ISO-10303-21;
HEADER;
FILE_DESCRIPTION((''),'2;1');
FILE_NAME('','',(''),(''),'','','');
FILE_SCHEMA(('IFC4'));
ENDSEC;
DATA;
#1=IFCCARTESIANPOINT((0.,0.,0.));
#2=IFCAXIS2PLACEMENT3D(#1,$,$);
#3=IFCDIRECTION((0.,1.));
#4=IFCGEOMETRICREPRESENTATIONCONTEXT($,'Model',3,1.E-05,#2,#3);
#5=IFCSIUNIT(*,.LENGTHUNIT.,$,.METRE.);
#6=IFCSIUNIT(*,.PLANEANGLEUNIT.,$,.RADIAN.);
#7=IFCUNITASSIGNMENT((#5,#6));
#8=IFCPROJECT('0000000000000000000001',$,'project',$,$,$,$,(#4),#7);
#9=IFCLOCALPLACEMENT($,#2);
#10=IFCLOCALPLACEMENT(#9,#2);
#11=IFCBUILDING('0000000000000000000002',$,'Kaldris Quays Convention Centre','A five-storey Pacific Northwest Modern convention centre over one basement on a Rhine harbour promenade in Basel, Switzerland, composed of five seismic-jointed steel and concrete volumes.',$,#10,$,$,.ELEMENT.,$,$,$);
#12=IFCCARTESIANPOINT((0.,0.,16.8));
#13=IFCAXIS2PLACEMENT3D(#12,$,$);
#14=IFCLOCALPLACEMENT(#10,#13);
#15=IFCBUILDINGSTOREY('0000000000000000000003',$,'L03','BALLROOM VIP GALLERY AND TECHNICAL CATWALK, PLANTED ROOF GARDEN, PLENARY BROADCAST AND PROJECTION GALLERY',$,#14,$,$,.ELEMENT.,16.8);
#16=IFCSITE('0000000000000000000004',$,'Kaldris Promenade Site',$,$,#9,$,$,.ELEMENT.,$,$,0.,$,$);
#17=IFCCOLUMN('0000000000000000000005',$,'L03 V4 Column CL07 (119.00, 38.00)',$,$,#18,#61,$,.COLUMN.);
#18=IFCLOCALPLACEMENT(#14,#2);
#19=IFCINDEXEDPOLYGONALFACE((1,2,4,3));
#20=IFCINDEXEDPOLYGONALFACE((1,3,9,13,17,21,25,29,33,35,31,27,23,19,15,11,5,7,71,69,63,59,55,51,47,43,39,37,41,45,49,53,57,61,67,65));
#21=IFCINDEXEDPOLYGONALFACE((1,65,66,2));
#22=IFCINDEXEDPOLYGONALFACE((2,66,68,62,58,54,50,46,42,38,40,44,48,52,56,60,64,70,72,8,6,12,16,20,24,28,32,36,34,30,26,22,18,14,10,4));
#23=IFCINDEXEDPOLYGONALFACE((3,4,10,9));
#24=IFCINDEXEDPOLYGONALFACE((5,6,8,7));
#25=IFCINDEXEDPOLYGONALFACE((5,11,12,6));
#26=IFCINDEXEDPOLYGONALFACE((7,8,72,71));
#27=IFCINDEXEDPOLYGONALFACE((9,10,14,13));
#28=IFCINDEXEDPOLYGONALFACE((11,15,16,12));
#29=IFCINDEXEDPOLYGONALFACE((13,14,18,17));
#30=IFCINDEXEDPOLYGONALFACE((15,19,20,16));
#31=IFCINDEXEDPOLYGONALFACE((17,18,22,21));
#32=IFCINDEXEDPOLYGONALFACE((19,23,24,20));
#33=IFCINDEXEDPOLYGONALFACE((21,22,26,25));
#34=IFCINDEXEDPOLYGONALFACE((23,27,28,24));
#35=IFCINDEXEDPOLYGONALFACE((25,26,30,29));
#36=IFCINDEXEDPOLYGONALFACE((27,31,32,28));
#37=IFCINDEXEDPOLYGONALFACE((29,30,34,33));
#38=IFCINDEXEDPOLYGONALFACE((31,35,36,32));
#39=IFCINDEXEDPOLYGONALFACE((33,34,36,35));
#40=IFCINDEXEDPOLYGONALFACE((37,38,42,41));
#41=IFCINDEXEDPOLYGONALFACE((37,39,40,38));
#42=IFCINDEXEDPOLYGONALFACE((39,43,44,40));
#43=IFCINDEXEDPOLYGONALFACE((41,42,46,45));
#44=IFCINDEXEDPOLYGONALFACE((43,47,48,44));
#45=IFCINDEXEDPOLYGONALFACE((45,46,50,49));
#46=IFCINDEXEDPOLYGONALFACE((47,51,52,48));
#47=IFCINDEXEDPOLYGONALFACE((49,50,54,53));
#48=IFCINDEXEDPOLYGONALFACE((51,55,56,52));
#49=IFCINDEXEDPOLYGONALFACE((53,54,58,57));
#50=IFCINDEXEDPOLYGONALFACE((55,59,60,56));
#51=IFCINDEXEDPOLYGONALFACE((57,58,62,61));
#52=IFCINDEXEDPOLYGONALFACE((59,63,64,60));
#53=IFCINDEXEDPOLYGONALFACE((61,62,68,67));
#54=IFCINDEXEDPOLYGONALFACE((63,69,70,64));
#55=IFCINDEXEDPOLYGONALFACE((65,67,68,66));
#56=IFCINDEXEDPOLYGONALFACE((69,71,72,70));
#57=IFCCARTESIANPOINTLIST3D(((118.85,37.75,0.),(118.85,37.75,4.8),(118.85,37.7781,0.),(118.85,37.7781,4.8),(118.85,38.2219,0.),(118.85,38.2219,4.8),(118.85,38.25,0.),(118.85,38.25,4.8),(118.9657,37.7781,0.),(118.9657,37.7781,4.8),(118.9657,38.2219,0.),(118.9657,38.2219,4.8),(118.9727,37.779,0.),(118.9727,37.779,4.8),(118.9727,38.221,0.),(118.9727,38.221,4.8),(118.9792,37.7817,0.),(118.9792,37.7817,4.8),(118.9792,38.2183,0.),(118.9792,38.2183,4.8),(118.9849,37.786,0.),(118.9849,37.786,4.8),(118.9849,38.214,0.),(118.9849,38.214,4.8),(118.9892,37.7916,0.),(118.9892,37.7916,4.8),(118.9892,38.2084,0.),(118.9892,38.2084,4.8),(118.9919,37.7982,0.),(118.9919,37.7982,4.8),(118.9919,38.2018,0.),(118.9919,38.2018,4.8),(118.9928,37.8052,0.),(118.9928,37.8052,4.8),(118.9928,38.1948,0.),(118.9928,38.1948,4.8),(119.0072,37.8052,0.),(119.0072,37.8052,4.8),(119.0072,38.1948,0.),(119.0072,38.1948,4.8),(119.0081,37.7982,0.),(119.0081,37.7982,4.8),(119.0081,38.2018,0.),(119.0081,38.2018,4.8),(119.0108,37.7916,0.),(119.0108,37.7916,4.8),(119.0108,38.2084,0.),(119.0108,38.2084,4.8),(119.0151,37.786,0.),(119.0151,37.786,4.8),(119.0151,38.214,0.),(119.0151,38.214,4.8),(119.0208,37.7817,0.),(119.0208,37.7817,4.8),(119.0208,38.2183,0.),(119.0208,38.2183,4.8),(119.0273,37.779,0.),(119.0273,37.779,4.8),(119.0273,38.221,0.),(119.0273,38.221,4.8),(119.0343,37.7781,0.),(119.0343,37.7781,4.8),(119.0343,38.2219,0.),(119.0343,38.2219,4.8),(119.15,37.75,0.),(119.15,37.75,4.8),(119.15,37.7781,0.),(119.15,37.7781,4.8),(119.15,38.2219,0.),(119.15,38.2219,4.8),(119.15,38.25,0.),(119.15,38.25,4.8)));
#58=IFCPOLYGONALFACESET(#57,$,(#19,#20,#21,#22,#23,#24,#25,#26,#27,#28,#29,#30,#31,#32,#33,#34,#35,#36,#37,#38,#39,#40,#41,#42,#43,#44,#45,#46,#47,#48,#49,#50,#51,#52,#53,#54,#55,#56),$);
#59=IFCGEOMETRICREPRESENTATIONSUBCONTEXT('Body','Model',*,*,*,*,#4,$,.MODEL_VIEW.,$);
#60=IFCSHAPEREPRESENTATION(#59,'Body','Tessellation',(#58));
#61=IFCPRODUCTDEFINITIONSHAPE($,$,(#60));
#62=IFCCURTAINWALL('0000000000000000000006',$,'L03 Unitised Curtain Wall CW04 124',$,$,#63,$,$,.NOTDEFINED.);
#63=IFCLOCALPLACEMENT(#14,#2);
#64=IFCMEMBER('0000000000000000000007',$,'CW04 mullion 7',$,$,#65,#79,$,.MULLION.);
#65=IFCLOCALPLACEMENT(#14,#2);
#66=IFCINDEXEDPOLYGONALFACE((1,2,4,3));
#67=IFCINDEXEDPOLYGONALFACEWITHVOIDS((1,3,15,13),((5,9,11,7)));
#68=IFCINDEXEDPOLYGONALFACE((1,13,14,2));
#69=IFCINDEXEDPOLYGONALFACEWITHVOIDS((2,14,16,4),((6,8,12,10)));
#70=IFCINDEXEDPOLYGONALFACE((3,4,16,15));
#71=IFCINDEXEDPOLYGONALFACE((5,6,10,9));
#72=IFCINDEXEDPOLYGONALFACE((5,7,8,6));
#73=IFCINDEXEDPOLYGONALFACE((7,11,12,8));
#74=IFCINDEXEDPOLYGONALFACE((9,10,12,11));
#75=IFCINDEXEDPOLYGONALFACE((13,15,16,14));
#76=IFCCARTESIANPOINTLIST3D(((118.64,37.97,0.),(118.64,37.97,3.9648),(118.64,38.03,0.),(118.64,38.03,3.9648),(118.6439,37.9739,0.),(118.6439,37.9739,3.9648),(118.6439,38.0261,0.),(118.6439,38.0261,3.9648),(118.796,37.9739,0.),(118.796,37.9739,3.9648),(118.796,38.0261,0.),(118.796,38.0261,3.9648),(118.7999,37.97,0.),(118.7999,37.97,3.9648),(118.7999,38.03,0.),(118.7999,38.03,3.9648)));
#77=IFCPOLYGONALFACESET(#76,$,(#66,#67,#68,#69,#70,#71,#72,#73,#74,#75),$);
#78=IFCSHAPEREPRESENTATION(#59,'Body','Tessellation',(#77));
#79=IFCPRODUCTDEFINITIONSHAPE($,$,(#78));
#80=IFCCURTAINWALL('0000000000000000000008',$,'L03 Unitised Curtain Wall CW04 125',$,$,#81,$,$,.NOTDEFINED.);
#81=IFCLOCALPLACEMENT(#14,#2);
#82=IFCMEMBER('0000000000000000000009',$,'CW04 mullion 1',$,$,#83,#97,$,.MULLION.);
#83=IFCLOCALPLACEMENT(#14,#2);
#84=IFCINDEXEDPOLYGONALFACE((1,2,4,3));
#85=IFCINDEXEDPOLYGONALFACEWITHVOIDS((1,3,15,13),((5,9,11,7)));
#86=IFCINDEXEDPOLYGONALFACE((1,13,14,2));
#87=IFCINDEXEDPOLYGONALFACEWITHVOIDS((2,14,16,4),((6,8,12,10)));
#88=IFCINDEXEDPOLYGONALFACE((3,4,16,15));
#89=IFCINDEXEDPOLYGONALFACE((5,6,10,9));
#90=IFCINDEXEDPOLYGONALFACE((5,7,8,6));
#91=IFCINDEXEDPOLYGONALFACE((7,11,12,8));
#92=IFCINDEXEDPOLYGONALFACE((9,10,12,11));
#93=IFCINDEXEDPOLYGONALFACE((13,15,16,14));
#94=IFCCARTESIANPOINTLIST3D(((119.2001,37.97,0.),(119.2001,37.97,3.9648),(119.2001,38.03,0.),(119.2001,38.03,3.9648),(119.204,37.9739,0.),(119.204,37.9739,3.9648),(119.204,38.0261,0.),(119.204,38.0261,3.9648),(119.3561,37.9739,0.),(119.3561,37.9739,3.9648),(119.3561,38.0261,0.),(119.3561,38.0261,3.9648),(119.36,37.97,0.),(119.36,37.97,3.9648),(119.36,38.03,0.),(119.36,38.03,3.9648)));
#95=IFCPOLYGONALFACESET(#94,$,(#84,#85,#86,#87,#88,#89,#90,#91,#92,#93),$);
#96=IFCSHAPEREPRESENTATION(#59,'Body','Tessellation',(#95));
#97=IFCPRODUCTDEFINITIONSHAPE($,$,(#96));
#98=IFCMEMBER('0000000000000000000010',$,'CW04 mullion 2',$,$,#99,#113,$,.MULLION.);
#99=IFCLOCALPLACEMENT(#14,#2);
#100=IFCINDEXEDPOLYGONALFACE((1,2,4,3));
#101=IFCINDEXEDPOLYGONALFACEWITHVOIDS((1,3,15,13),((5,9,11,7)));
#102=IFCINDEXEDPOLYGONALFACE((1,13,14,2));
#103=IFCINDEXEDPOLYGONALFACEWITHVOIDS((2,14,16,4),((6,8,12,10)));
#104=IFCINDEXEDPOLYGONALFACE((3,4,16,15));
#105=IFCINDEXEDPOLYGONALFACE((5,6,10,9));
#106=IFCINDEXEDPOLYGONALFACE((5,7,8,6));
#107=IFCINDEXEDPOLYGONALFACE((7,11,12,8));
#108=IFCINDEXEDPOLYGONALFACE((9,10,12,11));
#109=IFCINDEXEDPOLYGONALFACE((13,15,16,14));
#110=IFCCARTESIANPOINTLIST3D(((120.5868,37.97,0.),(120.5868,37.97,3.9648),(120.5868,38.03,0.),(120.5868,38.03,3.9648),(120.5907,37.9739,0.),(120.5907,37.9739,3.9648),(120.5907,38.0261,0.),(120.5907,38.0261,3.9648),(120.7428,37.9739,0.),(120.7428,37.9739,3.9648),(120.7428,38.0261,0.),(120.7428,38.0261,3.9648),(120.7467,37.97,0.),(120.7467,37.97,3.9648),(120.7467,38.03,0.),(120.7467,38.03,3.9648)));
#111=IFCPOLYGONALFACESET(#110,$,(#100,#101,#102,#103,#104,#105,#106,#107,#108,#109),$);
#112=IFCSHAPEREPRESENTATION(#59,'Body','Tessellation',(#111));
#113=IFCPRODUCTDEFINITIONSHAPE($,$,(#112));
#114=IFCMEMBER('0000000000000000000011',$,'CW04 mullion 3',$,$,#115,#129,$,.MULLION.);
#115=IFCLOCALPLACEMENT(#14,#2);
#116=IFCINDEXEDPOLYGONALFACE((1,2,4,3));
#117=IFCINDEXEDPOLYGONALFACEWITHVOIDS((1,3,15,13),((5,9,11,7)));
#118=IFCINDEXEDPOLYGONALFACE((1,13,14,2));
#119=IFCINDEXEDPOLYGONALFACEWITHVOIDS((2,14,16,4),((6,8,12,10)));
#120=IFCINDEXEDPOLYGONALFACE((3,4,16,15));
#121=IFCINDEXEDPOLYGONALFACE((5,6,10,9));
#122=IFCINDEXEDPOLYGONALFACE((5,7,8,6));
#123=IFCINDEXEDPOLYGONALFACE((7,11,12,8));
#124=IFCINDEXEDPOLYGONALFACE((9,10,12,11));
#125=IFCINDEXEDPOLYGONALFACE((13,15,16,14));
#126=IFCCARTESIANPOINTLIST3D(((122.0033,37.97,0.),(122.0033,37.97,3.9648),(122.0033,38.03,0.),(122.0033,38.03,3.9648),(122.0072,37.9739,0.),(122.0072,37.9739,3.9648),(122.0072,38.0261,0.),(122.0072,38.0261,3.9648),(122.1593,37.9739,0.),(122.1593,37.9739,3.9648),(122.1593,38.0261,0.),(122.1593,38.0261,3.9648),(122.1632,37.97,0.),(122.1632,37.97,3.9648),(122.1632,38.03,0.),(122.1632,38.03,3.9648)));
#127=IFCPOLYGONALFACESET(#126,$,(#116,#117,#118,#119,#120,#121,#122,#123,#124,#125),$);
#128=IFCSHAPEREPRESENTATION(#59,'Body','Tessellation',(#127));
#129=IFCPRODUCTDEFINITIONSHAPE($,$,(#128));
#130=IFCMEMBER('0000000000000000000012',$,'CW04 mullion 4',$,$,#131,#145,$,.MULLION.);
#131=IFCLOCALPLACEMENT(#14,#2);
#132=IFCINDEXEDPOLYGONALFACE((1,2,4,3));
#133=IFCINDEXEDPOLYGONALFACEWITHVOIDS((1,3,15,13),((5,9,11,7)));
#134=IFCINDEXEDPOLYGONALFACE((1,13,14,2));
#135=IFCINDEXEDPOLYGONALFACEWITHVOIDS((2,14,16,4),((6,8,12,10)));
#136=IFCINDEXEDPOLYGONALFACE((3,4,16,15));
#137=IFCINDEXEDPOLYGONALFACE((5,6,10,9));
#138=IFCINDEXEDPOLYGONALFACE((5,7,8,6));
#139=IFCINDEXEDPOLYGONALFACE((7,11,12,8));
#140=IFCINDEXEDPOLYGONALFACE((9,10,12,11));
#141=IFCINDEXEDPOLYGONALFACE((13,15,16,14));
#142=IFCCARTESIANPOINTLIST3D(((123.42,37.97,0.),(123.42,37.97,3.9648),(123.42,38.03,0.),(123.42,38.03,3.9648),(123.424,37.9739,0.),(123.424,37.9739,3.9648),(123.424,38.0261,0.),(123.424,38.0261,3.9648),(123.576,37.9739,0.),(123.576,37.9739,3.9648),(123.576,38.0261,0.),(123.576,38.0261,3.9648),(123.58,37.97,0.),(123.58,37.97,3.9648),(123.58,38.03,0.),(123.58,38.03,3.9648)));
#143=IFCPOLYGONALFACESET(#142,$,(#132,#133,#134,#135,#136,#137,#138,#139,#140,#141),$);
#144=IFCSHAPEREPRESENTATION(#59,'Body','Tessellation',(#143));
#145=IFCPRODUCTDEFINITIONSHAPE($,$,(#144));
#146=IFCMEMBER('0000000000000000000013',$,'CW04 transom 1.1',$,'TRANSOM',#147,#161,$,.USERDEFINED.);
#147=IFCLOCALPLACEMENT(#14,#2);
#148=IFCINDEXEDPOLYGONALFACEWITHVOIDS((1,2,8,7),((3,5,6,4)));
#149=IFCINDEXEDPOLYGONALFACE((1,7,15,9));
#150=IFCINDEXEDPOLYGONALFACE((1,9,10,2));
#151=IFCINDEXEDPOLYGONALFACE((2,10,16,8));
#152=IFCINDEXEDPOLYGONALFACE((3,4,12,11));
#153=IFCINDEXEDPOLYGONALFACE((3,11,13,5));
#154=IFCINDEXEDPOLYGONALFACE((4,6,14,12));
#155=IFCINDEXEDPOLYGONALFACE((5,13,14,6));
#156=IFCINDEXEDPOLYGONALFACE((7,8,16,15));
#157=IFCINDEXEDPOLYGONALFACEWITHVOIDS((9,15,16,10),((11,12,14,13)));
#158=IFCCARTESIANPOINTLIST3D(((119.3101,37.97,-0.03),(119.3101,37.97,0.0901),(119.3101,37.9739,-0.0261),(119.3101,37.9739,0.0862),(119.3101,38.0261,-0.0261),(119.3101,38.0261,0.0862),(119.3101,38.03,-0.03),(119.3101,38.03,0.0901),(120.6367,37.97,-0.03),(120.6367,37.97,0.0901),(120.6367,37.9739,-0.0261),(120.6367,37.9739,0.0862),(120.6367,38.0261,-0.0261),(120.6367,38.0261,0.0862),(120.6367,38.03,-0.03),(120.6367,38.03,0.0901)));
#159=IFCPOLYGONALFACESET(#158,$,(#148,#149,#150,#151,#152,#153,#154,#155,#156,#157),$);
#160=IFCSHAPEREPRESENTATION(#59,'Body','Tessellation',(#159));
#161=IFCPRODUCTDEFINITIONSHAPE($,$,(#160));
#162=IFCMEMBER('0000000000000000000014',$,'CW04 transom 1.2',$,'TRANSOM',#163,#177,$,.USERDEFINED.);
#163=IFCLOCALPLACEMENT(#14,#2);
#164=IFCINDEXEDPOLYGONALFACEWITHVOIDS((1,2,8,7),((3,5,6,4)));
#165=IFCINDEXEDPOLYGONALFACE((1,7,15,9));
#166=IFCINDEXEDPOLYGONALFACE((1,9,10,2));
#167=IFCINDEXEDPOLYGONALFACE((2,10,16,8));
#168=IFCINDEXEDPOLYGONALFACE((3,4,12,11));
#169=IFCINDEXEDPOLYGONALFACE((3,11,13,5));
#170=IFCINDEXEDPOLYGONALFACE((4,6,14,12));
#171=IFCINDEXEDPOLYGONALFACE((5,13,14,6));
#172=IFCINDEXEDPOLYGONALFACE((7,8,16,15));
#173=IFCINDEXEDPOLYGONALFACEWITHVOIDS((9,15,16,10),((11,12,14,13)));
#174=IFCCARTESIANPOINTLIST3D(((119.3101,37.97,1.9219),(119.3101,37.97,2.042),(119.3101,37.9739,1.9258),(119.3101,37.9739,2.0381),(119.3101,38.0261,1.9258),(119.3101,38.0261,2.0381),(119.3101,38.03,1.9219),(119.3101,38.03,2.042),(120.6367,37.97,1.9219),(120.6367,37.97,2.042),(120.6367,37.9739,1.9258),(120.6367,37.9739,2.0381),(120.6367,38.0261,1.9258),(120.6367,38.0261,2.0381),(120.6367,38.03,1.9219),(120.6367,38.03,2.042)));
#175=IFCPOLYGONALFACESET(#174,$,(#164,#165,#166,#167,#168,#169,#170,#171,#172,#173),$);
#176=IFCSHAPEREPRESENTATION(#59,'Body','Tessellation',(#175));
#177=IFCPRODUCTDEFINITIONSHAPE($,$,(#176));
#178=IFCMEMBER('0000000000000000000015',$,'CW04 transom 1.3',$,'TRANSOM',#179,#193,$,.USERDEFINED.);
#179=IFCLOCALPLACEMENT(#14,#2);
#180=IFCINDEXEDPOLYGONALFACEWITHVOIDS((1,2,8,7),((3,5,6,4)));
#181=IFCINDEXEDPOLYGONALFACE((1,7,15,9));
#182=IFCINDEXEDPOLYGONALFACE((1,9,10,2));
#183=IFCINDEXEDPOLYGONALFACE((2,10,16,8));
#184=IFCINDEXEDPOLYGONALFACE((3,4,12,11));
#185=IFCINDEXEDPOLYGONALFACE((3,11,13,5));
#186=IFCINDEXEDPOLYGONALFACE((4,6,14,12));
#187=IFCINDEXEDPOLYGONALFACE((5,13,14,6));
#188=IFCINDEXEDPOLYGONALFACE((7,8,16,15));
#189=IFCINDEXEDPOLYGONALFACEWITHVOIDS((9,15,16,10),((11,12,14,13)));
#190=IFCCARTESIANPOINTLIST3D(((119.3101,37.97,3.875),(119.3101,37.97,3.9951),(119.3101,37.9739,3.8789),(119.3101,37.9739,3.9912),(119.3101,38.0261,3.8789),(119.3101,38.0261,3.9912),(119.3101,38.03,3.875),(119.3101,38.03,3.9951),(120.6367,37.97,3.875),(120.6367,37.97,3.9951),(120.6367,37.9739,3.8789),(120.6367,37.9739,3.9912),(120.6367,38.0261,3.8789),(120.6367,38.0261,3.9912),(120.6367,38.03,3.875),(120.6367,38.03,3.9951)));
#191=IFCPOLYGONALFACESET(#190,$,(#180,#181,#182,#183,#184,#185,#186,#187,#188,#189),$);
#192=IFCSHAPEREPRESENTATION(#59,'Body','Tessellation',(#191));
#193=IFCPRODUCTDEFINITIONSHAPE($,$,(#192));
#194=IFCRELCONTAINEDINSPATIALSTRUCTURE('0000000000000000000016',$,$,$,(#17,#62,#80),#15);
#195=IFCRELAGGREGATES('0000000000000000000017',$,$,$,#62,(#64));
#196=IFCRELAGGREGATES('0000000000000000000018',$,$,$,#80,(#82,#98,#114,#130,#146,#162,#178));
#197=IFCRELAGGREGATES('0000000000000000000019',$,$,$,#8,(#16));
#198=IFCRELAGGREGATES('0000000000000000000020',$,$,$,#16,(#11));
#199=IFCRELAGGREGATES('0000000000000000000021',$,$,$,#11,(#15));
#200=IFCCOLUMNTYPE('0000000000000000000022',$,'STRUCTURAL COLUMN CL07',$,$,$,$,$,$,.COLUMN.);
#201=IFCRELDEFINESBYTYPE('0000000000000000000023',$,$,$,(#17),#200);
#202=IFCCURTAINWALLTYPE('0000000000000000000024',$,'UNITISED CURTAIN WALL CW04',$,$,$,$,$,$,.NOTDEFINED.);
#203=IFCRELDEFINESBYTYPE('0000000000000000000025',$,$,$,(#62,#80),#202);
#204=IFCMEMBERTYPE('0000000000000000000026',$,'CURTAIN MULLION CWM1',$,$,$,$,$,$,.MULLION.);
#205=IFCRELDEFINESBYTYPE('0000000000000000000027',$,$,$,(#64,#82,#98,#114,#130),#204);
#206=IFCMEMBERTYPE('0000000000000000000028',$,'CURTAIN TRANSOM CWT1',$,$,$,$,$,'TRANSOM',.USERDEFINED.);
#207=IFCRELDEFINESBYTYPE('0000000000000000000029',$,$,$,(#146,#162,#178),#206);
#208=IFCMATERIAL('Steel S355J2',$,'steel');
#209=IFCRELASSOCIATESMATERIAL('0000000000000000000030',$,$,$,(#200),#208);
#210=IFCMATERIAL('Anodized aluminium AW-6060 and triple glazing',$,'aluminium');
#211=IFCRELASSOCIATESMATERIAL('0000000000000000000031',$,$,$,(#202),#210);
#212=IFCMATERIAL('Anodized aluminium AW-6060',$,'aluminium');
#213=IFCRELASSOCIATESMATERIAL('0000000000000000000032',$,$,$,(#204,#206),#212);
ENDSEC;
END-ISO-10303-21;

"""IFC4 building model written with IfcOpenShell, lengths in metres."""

from ifc_helpers import new_model, si_unit, direction, frame, origin, origin_2d, place, context, subcontext, project, spatial, hollow_rectangle, i_section, extrude, material, material_profile, profile_set, type_object, element, aggregate, save


model = new_model("IFC4")

# Units and contexts
model_context = context("Model", 3, precision=1e-05, world=origin(), true_north=direction((0.0, 1.0)))
body_context = subcontext(model_context, "Body", "Model", "MODEL_VIEW")
ifc_project = project(units=[si_unit("LENGTHUNIT", "METRE"), si_unit("PLANEANGLEUNIT", "RADIAN")], contexts=[model_context])

# Site, building, storey
site_placement = place(None, origin())
site = spatial("IfcSite", under=ifc_project, at=site_placement, Name="Kaldris Promenade Site", CompositionType="ELEMENT", RefElevation=0.0)
building_placement = place(site_placement, origin())
building = spatial("IfcBuilding", under=site, at=building_placement, Name="Kaldris Quays Convention Centre", Description="A five-storey Pacific Northwest Modern convention centre over one basement on a Rhine harbour promenade in Basel, Switzerland, composed of five seismic-jointed steel and concrete volumes.", CompositionType="ELEMENT")
storey_placement = place(building_placement, frame((0.0, 0.0, 16.8)))
storey = spatial("IfcBuildingStorey", under=building, at=storey_placement, Name="L03", Description="BALLROOM VIP GALLERY AND TECHNICAL CATWALK, PLANTED ROOF GARDEN, PLENARY BROADCAST AND PROJECTION GALLERY", CompositionType="ELEMENT", Elevation=16.8)

# Column
ifc_material_1 = material(Name="Steel S355J2", Category="steel")
ifc_material_profile_1 = material_profile(ifc_material_1, i_section(OverallWidth=0.3, OverallDepth=0.5, WebThickness=0.0144, FlangeThickness=0.0281, FilletRadius=0.0271, at=origin_2d()), Name="HEB 500")
ifc_profile_set_1 = profile_set([ifc_material_profile_1], Name="Steel S355J2")
column_type = type_object("IfcColumnType", Name="STRUCTURAL COLUMN CL07", PredefinedType="COLUMN", material=ifc_profile_set_1)
column_placement = place(storey_placement, frame((119.0, 38.0, 0.0), z_axis=(0.0, 0.0, 1.0), x_axis=(1.0, 0.0, 0.0)))
element("IfcColumn", 1, at=column_placement, inside=storey, type_object=column_type, Name="L03 V4 Column CL07 (119.00, 38.00)", PredefinedType="COLUMN", context=body_context, shape_type="SweptSolid", body=[
    extrude(i_section(OverallWidth=0.3, OverallDepth=0.5, WebThickness=0.0144, FlangeThickness=0.0281, FilletRadius=0.0271, at=origin_2d()), origin(), (0.0, 0.0, 1.0), 4.8),
])

# Curtain wall, member
ifc_material_2 = material(Name="Anodized aluminium AW-6060 and triple glazing", Category="aluminium")
curtain_wall_type = type_object("IfcCurtainWallType", Name="UNITISED CURTAIN WALL CW04", PredefinedType="NOTDEFINED", material=ifc_material_2)
curtain_wall_1_placement = place(storey_placement, origin())
curtain_wall_1 = element("IfcCurtainWall", 2, at=curtain_wall_1_placement, inside=storey, type_object=curtain_wall_type, Name="L03 Unitised Curtain Wall CW04 124", PredefinedType="NOTDEFINED")
ifc_material_3 = material(Name="Anodized aluminium AW-6060", Category="aluminium")
ifc_material_profile_2 = material_profile(ifc_material_3, hollow_rectangle(XDim=0.0601, YDim=0.1599, WallThickness=0.0039, at=origin_2d()), Name="RHS 160x60x4")
ifc_profile_set_2 = profile_set([ifc_material_profile_2], Name="Anodized aluminium AW-6060")
member_type_1 = type_object("IfcMemberType", Name="CURTAIN MULLION CWM1", PredefinedType="MULLION", material=ifc_profile_set_2)
member_1_placement = place(storey_placement, frame((118.72, 38.0, 0.0), z_axis=(0.0, 0.0, 1.0), x_axis=(0.0, 1.0, 0.0)))
member_1 = element("IfcMember", 3, at=member_1_placement, type_object=member_type_1, Name="CW04 mullion 7", PredefinedType="MULLION", context=body_context, shape_type="SweptSolid", body=[
    extrude(hollow_rectangle(XDim=0.0601, YDim=0.1599, WallThickness=0.0039, at=origin_2d()), origin(), (0.0, 0.0, 1.0), 3.9648),
])

# Curtain wall, members
curtain_wall_2_placement = place(storey_placement, origin())
curtain_wall_2 = element("IfcCurtainWall", 4, at=curtain_wall_2_placement, inside=storey, type_object=curtain_wall_type, Name="L03 Unitised Curtain Wall CW04 125", PredefinedType="NOTDEFINED")
member_2_placement = place(storey_placement, frame((119.28, 38.0, 0.0), z_axis=(0.0, 0.0, 1.0), x_axis=(0.0, 1.0, 0.0)))
member_2 = element("IfcMember", 5, at=member_2_placement, type_object=member_type_1, Name="CW04 mullion 1", PredefinedType="MULLION", context=body_context, shape_type="SweptSolid", body=[
    extrude(hollow_rectangle(XDim=0.0601, YDim=0.1599, WallThickness=0.0039, at=origin_2d()), origin(), (0.0, 0.0, 1.0), 3.9648),
])
member_3_placement = place(storey_placement, frame((120.6667, 38.0, 0.0), z_axis=(0.0, 0.0, 1.0), x_axis=(0.0, 1.0, 0.0)))
member_3 = element("IfcMember", 6, at=member_3_placement, type_object=member_type_1, Name="CW04 mullion 2", PredefinedType="MULLION", context=body_context, shape_type="SweptSolid", body=[
    extrude(hollow_rectangle(XDim=0.0601, YDim=0.1599, WallThickness=0.0039, at=origin_2d()), origin(), (0.0, 0.0, 1.0), 3.9648),
])
member_4_placement = place(storey_placement, frame((122.0833, 38.0, 0.0), z_axis=(0.0, 0.0, 1.0), x_axis=(0.0, 1.0, 0.0)))
member_4 = element("IfcMember", 7, at=member_4_placement, type_object=member_type_1, Name="CW04 mullion 3", PredefinedType="MULLION", context=body_context, shape_type="SweptSolid", body=[
    extrude(hollow_rectangle(XDim=0.0601, YDim=0.1599, WallThickness=0.0039, at=origin_2d()), origin(), (0.0, 0.0, 1.0), 3.9648),
])
member_5_placement = place(storey_placement, frame((123.5, 38.0, 0.0), z_axis=(0.0, 0.0, 1.0), x_axis=(0.0, 1.0, 0.0)))
member_5 = element("IfcMember", 8, at=member_5_placement, type_object=member_type_1, Name="CW04 mullion 4", PredefinedType="MULLION", context=body_context, shape_type="SweptSolid", body=[
    extrude(hollow_rectangle(XDim=0.0601, YDim=0.1599, WallThickness=0.0039, at=origin_2d()), origin(), (0.0, 0.0, 1.0), 3.9648),
])
ifc_material_profile_3 = material_profile(ifc_material_3, hollow_rectangle(XDim=0.0601, YDim=0.1201, WallThickness=0.0039, at=origin_2d()), Name="RHS 120x60x4")
ifc_profile_set_3 = profile_set([ifc_material_profile_3], Name="Anodized aluminium AW-6060")
member_type_2 = type_object("IfcMemberType", Name="CURTAIN TRANSOM CWT1", ElementType="TRANSOM", PredefinedType="USERDEFINED", material=ifc_profile_set_3)
member_6_placement = place(storey_placement, frame((119.3101, 38.0, 0.03), z_axis=(1.0, 0.0, 0.0), x_axis=(0.0, 1.0, 0.0)))
member_6 = element("IfcMember", 9, at=member_6_placement, type_object=member_type_2, Name="CW04 transom 1.1", ObjectType="TRANSOM", PredefinedType="USERDEFINED", context=body_context, shape_type="SweptSolid", body=[
    extrude(hollow_rectangle(XDim=0.0601, YDim=0.1201, WallThickness=0.0039, at=origin_2d()), origin(), (0.0, 0.0, 1.0), 1.3267),
])
member_7_placement = place(storey_placement, frame((119.3101, 38.0, 1.9819), z_axis=(1.0, 0.0, 0.0), x_axis=(0.0, 1.0, 0.0)))
member_7 = element("IfcMember", 10, at=member_7_placement, type_object=member_type_2, Name="CW04 transom 1.2", ObjectType="TRANSOM", PredefinedType="USERDEFINED", context=body_context, shape_type="SweptSolid", body=[
    extrude(hollow_rectangle(XDim=0.0601, YDim=0.1201, WallThickness=0.0039, at=origin_2d()), origin(), (0.0, 0.0, 1.0), 1.3267),
])
member_8_placement = place(storey_placement, frame((119.3101, 38.0, 3.9351), z_axis=(1.0, 0.0, 0.0), x_axis=(0.0, 1.0, 0.0)))
member_8 = element("IfcMember", 11, at=member_8_placement, type_object=member_type_2, Name="CW04 transom 1.3", ObjectType="TRANSOM", PredefinedType="USERDEFINED", context=body_context, shape_type="SweptSolid", body=[
    extrude(hollow_rectangle(XDim=0.0601, YDim=0.1201, WallThickness=0.0039, at=origin_2d()), origin(), (0.0, 0.0, 1.0), 1.3267),
])

aggregate(curtain_wall_1, [member_1])
aggregate(curtain_wall_2, [member_2, member_3, member_4, member_5, member_6, member_7, member_8])

save(model, "model.ifc")
